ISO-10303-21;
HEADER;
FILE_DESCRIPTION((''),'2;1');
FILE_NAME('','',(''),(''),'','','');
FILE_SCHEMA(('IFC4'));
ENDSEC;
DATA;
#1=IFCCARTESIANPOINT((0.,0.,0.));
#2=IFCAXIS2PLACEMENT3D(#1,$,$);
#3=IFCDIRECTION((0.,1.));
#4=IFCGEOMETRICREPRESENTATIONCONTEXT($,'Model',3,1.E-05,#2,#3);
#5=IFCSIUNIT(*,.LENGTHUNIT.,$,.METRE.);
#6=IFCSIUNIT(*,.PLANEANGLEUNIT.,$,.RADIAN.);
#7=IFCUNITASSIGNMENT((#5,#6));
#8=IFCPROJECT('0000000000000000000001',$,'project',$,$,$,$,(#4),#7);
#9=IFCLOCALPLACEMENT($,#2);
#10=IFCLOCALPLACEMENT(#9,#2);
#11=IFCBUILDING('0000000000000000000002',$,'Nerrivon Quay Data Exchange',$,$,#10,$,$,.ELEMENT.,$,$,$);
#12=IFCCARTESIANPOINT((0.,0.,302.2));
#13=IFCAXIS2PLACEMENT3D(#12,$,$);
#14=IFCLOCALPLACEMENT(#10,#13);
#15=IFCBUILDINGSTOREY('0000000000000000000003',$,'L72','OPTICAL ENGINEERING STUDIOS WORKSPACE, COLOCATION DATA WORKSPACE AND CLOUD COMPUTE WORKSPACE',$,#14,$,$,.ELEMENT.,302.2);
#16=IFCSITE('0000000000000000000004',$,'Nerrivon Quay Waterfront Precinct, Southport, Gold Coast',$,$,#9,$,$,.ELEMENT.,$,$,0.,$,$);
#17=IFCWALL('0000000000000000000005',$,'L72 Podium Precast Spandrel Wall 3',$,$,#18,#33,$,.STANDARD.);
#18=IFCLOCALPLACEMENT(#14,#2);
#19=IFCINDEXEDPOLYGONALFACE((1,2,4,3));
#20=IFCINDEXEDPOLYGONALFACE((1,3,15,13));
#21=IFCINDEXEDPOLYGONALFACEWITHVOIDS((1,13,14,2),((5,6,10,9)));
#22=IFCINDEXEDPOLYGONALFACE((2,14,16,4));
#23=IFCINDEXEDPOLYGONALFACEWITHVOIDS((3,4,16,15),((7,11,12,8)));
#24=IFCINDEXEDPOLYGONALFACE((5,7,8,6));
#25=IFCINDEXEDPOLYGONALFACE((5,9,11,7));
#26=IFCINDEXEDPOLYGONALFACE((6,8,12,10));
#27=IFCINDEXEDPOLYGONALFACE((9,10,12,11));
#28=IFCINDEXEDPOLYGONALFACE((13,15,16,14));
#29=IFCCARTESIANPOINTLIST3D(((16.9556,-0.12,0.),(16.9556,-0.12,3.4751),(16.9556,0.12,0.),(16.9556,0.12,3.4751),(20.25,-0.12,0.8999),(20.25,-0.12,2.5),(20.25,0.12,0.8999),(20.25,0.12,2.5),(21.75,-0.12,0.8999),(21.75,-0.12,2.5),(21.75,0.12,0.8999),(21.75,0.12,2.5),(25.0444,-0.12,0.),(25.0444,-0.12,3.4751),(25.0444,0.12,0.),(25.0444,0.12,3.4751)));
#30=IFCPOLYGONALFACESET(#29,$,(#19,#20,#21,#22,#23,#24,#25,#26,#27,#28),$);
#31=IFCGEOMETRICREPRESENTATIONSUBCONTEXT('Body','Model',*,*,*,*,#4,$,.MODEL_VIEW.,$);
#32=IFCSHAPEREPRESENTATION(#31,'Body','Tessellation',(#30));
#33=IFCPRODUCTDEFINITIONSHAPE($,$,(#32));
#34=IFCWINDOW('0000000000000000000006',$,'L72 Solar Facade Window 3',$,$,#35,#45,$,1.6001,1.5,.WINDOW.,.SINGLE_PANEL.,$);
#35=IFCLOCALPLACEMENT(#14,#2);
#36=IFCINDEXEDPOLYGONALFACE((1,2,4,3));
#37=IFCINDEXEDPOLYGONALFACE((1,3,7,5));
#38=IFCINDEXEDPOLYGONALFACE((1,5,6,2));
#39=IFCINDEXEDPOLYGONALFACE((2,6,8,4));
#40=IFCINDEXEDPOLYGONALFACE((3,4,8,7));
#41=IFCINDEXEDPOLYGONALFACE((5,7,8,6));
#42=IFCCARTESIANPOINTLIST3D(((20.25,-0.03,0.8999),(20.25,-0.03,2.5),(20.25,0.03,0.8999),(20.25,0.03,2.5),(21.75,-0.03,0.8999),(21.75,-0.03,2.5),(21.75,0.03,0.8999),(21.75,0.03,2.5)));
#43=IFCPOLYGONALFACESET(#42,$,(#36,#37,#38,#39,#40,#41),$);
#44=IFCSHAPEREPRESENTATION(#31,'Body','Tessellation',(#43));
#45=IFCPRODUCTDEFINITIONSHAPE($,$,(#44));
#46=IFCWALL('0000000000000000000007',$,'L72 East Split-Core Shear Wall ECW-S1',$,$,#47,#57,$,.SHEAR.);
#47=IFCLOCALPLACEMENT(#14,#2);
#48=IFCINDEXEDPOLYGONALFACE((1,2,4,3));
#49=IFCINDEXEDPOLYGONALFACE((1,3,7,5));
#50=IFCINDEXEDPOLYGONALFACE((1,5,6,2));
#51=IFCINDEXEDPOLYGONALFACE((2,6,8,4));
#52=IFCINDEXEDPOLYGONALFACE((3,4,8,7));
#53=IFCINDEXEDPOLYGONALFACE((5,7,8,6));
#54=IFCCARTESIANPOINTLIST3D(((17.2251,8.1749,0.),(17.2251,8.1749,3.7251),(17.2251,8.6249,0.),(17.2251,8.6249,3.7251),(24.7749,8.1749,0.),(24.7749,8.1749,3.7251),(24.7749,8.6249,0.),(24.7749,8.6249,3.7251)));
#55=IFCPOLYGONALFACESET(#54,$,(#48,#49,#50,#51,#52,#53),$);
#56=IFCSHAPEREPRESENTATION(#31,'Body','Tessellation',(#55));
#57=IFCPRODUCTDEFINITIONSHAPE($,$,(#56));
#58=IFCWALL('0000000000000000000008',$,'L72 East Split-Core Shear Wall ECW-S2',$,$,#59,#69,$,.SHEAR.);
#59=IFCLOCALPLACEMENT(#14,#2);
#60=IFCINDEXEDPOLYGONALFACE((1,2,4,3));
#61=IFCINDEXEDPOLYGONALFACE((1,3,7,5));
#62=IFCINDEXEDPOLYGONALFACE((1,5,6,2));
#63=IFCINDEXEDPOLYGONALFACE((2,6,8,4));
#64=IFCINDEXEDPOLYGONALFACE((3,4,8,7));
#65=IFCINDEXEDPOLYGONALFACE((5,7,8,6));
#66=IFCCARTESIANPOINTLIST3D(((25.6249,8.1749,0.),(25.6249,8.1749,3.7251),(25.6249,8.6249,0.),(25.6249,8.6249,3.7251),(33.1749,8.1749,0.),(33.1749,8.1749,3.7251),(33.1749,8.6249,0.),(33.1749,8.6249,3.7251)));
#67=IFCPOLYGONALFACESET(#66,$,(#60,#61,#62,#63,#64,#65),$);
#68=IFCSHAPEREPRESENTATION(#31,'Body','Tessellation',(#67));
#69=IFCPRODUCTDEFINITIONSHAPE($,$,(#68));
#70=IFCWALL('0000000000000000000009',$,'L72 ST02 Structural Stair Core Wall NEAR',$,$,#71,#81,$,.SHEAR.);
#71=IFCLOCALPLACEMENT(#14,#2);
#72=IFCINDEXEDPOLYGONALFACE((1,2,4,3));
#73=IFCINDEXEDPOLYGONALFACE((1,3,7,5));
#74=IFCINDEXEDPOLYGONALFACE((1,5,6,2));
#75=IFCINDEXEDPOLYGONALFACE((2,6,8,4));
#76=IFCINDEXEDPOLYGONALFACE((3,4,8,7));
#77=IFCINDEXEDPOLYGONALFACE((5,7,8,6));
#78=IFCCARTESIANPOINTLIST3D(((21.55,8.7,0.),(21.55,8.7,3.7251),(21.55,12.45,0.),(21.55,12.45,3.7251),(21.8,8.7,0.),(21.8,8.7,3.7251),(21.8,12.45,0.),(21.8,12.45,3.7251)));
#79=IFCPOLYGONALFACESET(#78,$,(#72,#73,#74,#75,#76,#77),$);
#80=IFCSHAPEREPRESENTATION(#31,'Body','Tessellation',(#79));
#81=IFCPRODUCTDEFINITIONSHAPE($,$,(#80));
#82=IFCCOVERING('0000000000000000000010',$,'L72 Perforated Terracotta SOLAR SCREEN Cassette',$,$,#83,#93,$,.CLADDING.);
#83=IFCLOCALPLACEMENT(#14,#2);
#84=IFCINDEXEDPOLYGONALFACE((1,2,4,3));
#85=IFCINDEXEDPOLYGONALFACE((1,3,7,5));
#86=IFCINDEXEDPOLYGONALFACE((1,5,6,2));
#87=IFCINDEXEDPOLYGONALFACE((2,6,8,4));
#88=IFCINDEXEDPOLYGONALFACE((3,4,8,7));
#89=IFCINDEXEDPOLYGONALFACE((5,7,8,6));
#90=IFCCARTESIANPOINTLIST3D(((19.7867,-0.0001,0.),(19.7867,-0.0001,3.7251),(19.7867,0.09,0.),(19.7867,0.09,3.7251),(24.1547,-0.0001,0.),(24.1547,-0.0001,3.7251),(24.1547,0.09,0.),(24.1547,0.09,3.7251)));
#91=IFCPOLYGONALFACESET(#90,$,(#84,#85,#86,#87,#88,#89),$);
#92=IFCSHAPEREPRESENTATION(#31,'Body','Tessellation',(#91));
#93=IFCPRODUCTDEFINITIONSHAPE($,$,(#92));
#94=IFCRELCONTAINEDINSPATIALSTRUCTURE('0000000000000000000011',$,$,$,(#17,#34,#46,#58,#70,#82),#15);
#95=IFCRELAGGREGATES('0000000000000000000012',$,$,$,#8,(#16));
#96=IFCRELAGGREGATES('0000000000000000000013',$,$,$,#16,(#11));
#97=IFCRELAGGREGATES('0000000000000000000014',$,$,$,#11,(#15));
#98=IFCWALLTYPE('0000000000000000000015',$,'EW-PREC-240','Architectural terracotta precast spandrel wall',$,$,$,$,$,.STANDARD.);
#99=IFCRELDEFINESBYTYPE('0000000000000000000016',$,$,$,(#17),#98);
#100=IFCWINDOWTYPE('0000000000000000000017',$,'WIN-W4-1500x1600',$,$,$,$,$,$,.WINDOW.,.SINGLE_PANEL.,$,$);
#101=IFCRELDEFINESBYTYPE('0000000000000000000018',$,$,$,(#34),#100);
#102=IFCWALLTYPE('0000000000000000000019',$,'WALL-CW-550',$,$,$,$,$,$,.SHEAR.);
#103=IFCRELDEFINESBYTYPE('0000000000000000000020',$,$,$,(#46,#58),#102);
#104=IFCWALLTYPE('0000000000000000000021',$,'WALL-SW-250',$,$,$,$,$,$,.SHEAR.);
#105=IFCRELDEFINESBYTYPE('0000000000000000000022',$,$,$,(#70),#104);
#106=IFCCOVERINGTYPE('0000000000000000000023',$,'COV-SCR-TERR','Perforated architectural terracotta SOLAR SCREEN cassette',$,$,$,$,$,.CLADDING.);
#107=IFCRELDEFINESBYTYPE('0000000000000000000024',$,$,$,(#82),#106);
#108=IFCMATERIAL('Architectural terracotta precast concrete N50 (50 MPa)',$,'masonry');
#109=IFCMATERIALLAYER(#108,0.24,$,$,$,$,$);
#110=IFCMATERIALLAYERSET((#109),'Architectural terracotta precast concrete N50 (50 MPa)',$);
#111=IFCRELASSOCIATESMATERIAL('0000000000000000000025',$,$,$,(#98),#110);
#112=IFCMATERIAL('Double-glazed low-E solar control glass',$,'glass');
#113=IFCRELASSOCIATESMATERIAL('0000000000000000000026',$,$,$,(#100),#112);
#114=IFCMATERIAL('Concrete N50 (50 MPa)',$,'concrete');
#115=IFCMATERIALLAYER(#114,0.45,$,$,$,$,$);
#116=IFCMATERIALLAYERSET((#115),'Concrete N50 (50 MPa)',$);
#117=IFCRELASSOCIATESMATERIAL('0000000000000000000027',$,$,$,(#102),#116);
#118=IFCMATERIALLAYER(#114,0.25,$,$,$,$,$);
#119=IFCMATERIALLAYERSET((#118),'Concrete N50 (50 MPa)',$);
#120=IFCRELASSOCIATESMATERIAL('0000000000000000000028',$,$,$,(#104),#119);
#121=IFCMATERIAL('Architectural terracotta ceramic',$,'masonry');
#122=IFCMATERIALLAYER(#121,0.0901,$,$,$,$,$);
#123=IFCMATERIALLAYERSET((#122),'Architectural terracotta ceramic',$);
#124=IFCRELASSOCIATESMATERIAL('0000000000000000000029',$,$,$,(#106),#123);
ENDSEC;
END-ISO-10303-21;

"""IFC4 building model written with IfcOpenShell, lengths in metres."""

from ifc_helpers import new_model, si_unit, direction, frame, frame_2d, origin, origin_2d, place, context, subcontext, project, spatial, rectangle, extrude, material, layer, layer_set, type_object, element, fill, save


model = new_model("IFC4")

# Units and contexts
model_context = context("Model", 3, precision=1e-05, world=origin(), true_north=direction((0.0, 1.0)))
body_context = subcontext(model_context, "Body", "Model", "MODEL_VIEW")
ifc_project = project(units=[si_unit("LENGTHUNIT", "METRE"), si_unit("PLANEANGLEUNIT", "RADIAN")], contexts=[model_context])

# Site, building, storey
site_placement = place(None, origin())
site = spatial("IfcSite", under=ifc_project, at=site_placement, Name="Nerrivon Quay Waterfront Precinct, Southport, Gold Coast", CompositionType="ELEMENT", RefElevation=0.0)
building_placement = place(site_placement, origin())
building = spatial("IfcBuilding", under=site, at=building_placement, Name="Nerrivon Quay Data Exchange", CompositionType="ELEMENT")
storey_placement = place(building_placement, frame((0.0, 0.0, 302.2)))
storey = spatial("IfcBuildingStorey", under=building, at=storey_placement, Name="L72", Description="OPTICAL ENGINEERING STUDIOS WORKSPACE, COLOCATION DATA WORKSPACE AND CLOUD COMPUTE WORKSPACE", CompositionType="ELEMENT", Elevation=302.2)

# Shared definitions
ifc_material_1 = material(Name="Concrete N50 (50 MPa)", Category="concrete")

# Wall, opening, window
ifc_material_2 = material(Name="Architectural terracotta precast concrete N50 (50 MPa)", Category="masonry")
ifc_layer_1 = layer(ifc_material_2, 0.24)
ifc_layer_set_1 = layer_set([ifc_layer_1], Name="Architectural terracotta precast concrete N50 (50 MPa)")
wall_type_1 = type_object("IfcWallType", Name="EW-PREC-240", Description="Architectural terracotta precast spandrel wall", PredefinedType="STANDARD", material=ifc_layer_set_1)
wall_1_placement = place(storey_placement, frame((25.0444, 0.0, 0.0), z_axis=(0.0, 0.0, 1.0), x_axis=(-1.0, 0.0, 0.0)))
wall_1 = element("IfcWall", 1, at=wall_1_placement, inside=storey, type_object=wall_type_1, Name="L72 Podium Precast Spandrel Wall 3", PredefinedType="STANDARD", context=body_context, shape_type="SweptSolid", body=[
    extrude(rectangle(XDim=8.0889, YDim=0.24, at=frame_2d((4.0444, 0.0))), origin(), (0.0, 0.0, 1.0), 3.4751),
])
opening_1_placement = place(wall_1_placement, frame((3.2944, 0.0, 0.8999)))
opening_1 = element("IfcOpeningElement", 2, at=opening_1_placement, cuts=wall_1, PredefinedType="OPENING", context=body_context, shape_type="SweptSolid", body=[
    extrude(rectangle(XDim=1.5, YDim=1.6001, at=frame_2d((0.75, 0.8))), frame((0.0, 0.1299, 0.0), z_axis=(0.0, -1.0, 0.0), x_axis=(1.0, 0.0, 0.0)), (0.0, 0.0, 1.0), 0.26),
])
ifc_material_3 = material(Name="Double-glazed low-E solar control glass", Category="glass")
window_type = type_object("IfcWindowType", Name="WIN-W4-1500x1600", PartitioningType="SINGLE_PANEL", PredefinedType="WINDOW", material=ifc_material_3)
window_placement = place(opening_1_placement, origin())
window = element("IfcWindow", 3, at=window_placement, inside=storey, type_object=window_type, Name="L72 Solar Facade Window 3", OverallHeight=1.6001, OverallWidth=1.5, PartitioningType="SINGLE_PANEL", PredefinedType="WINDOW", context=body_context, shape_type="SweptSolid", body=[
    extrude(rectangle(XDim=1.5, YDim=1.6001, at=frame_2d((0.75, 0.8))), frame((0.0, 0.03, 0.0), z_axis=(0.0, -1.0, 0.0), x_axis=(1.0, 0.0, 0.0)), (0.0, 0.0, 1.0), 0.0601),
])
fill(opening_1, window)

# Walls
ifc_layer_2 = layer(ifc_material_1, 0.45)
ifc_layer_set_2 = layer_set([ifc_layer_2], Name="Concrete N50 (50 MPa)")
wall_type_2 = type_object("IfcWallType", Name="WALL-CW-550", PredefinedType="SHEAR", material=ifc_layer_set_2)
wall_2_placement = place(storey_placement, frame((17.2251, 8.3999, 0.0), z_axis=(0.0, 0.0, 1.0), x_axis=(1.0, 0.0, 0.0)))
element("IfcWall", 4, at=wall_2_placement, inside=storey, type_object=wall_type_2, Name="L72 East Split-Core Shear Wall ECW-S1", PredefinedType="SHEAR", context=body_context, shape_type="SweptSolid", body=[
    extrude(rectangle(XDim=7.5498, YDim=0.45, at=frame_2d((3.7749, 0.0))), origin(), (0.0, 0.0, 1.0), 3.7251),
])
wall_3_placement = place(storey_placement, frame((25.625, 8.3999, 0.0), z_axis=(0.0, 0.0, 1.0), x_axis=(1.0, 0.0, 0.0)))
element("IfcWall", 5, at=wall_3_placement, inside=storey, type_object=wall_type_2, Name="L72 East Split-Core Shear Wall ECW-S2", PredefinedType="SHEAR", context=body_context, shape_type="SweptSolid", body=[
    extrude(rectangle(XDim=7.55, YDim=0.45, at=frame_2d((3.7749, 0.0))), origin(), (0.0, 0.0, 1.0), 3.7251),
])

# Wall
ifc_layer_3 = layer(ifc_material_1, 0.25)
ifc_layer_set_3 = layer_set([ifc_layer_3], Name="Concrete N50 (50 MPa)")
wall_type_3 = type_object("IfcWallType", Name="WALL-SW-250", PredefinedType="SHEAR", material=ifc_layer_set_3)
wall_4_placement = place(storey_placement, frame((21.675, 8.7, 0.0), z_axis=(0.0, 0.0, 1.0), x_axis=(0.0, 1.0, 0.0)))
element("IfcWall", 6, at=wall_4_placement, inside=storey, type_object=wall_type_3, Name="L72 ST02 Structural Stair Core Wall NEAR", PredefinedType="SHEAR", context=body_context, shape_type="SweptSolid", body=[
    extrude(rectangle(XDim=3.75, YDim=0.25, at=frame_2d((1.875, 0.0))), origin(), (0.0, 0.0, 1.0), 3.7251),
])

# Covering
ifc_material_4 = material(Name="Architectural terracotta ceramic", Category="masonry")
ifc_layer_4 = layer(ifc_material_4, 0.0901)
ifc_layer_set_4 = layer_set([ifc_layer_4], Name="Architectural terracotta ceramic")
covering_type = type_object("IfcCoveringType", Name="COV-SCR-TERR", Description="Perforated architectural terracotta SOLAR SCREEN cassette", PredefinedType="CLADDING", material=ifc_layer_set_4)
covering_placement = place(storey_placement, frame((21.9707, 0.0449, 0.0), z_axis=(0.0, 0.0, 1.0), x_axis=(-1.0, 0.0, 0.0)))
element("IfcCovering", 7, at=covering_placement, inside=storey, type_object=covering_type, Name="L72 Perforated Terracotta SOLAR SCREEN Cassette", PredefinedType="CLADDING", context=body_context, shape_type="SweptSolid", body=[
    extrude(rectangle(XDim=4.3679, YDim=0.0901, at=origin_2d()), origin(), (0.0, 0.0, 1.0), 3.7251),
])

save(model, "model.ifc")
